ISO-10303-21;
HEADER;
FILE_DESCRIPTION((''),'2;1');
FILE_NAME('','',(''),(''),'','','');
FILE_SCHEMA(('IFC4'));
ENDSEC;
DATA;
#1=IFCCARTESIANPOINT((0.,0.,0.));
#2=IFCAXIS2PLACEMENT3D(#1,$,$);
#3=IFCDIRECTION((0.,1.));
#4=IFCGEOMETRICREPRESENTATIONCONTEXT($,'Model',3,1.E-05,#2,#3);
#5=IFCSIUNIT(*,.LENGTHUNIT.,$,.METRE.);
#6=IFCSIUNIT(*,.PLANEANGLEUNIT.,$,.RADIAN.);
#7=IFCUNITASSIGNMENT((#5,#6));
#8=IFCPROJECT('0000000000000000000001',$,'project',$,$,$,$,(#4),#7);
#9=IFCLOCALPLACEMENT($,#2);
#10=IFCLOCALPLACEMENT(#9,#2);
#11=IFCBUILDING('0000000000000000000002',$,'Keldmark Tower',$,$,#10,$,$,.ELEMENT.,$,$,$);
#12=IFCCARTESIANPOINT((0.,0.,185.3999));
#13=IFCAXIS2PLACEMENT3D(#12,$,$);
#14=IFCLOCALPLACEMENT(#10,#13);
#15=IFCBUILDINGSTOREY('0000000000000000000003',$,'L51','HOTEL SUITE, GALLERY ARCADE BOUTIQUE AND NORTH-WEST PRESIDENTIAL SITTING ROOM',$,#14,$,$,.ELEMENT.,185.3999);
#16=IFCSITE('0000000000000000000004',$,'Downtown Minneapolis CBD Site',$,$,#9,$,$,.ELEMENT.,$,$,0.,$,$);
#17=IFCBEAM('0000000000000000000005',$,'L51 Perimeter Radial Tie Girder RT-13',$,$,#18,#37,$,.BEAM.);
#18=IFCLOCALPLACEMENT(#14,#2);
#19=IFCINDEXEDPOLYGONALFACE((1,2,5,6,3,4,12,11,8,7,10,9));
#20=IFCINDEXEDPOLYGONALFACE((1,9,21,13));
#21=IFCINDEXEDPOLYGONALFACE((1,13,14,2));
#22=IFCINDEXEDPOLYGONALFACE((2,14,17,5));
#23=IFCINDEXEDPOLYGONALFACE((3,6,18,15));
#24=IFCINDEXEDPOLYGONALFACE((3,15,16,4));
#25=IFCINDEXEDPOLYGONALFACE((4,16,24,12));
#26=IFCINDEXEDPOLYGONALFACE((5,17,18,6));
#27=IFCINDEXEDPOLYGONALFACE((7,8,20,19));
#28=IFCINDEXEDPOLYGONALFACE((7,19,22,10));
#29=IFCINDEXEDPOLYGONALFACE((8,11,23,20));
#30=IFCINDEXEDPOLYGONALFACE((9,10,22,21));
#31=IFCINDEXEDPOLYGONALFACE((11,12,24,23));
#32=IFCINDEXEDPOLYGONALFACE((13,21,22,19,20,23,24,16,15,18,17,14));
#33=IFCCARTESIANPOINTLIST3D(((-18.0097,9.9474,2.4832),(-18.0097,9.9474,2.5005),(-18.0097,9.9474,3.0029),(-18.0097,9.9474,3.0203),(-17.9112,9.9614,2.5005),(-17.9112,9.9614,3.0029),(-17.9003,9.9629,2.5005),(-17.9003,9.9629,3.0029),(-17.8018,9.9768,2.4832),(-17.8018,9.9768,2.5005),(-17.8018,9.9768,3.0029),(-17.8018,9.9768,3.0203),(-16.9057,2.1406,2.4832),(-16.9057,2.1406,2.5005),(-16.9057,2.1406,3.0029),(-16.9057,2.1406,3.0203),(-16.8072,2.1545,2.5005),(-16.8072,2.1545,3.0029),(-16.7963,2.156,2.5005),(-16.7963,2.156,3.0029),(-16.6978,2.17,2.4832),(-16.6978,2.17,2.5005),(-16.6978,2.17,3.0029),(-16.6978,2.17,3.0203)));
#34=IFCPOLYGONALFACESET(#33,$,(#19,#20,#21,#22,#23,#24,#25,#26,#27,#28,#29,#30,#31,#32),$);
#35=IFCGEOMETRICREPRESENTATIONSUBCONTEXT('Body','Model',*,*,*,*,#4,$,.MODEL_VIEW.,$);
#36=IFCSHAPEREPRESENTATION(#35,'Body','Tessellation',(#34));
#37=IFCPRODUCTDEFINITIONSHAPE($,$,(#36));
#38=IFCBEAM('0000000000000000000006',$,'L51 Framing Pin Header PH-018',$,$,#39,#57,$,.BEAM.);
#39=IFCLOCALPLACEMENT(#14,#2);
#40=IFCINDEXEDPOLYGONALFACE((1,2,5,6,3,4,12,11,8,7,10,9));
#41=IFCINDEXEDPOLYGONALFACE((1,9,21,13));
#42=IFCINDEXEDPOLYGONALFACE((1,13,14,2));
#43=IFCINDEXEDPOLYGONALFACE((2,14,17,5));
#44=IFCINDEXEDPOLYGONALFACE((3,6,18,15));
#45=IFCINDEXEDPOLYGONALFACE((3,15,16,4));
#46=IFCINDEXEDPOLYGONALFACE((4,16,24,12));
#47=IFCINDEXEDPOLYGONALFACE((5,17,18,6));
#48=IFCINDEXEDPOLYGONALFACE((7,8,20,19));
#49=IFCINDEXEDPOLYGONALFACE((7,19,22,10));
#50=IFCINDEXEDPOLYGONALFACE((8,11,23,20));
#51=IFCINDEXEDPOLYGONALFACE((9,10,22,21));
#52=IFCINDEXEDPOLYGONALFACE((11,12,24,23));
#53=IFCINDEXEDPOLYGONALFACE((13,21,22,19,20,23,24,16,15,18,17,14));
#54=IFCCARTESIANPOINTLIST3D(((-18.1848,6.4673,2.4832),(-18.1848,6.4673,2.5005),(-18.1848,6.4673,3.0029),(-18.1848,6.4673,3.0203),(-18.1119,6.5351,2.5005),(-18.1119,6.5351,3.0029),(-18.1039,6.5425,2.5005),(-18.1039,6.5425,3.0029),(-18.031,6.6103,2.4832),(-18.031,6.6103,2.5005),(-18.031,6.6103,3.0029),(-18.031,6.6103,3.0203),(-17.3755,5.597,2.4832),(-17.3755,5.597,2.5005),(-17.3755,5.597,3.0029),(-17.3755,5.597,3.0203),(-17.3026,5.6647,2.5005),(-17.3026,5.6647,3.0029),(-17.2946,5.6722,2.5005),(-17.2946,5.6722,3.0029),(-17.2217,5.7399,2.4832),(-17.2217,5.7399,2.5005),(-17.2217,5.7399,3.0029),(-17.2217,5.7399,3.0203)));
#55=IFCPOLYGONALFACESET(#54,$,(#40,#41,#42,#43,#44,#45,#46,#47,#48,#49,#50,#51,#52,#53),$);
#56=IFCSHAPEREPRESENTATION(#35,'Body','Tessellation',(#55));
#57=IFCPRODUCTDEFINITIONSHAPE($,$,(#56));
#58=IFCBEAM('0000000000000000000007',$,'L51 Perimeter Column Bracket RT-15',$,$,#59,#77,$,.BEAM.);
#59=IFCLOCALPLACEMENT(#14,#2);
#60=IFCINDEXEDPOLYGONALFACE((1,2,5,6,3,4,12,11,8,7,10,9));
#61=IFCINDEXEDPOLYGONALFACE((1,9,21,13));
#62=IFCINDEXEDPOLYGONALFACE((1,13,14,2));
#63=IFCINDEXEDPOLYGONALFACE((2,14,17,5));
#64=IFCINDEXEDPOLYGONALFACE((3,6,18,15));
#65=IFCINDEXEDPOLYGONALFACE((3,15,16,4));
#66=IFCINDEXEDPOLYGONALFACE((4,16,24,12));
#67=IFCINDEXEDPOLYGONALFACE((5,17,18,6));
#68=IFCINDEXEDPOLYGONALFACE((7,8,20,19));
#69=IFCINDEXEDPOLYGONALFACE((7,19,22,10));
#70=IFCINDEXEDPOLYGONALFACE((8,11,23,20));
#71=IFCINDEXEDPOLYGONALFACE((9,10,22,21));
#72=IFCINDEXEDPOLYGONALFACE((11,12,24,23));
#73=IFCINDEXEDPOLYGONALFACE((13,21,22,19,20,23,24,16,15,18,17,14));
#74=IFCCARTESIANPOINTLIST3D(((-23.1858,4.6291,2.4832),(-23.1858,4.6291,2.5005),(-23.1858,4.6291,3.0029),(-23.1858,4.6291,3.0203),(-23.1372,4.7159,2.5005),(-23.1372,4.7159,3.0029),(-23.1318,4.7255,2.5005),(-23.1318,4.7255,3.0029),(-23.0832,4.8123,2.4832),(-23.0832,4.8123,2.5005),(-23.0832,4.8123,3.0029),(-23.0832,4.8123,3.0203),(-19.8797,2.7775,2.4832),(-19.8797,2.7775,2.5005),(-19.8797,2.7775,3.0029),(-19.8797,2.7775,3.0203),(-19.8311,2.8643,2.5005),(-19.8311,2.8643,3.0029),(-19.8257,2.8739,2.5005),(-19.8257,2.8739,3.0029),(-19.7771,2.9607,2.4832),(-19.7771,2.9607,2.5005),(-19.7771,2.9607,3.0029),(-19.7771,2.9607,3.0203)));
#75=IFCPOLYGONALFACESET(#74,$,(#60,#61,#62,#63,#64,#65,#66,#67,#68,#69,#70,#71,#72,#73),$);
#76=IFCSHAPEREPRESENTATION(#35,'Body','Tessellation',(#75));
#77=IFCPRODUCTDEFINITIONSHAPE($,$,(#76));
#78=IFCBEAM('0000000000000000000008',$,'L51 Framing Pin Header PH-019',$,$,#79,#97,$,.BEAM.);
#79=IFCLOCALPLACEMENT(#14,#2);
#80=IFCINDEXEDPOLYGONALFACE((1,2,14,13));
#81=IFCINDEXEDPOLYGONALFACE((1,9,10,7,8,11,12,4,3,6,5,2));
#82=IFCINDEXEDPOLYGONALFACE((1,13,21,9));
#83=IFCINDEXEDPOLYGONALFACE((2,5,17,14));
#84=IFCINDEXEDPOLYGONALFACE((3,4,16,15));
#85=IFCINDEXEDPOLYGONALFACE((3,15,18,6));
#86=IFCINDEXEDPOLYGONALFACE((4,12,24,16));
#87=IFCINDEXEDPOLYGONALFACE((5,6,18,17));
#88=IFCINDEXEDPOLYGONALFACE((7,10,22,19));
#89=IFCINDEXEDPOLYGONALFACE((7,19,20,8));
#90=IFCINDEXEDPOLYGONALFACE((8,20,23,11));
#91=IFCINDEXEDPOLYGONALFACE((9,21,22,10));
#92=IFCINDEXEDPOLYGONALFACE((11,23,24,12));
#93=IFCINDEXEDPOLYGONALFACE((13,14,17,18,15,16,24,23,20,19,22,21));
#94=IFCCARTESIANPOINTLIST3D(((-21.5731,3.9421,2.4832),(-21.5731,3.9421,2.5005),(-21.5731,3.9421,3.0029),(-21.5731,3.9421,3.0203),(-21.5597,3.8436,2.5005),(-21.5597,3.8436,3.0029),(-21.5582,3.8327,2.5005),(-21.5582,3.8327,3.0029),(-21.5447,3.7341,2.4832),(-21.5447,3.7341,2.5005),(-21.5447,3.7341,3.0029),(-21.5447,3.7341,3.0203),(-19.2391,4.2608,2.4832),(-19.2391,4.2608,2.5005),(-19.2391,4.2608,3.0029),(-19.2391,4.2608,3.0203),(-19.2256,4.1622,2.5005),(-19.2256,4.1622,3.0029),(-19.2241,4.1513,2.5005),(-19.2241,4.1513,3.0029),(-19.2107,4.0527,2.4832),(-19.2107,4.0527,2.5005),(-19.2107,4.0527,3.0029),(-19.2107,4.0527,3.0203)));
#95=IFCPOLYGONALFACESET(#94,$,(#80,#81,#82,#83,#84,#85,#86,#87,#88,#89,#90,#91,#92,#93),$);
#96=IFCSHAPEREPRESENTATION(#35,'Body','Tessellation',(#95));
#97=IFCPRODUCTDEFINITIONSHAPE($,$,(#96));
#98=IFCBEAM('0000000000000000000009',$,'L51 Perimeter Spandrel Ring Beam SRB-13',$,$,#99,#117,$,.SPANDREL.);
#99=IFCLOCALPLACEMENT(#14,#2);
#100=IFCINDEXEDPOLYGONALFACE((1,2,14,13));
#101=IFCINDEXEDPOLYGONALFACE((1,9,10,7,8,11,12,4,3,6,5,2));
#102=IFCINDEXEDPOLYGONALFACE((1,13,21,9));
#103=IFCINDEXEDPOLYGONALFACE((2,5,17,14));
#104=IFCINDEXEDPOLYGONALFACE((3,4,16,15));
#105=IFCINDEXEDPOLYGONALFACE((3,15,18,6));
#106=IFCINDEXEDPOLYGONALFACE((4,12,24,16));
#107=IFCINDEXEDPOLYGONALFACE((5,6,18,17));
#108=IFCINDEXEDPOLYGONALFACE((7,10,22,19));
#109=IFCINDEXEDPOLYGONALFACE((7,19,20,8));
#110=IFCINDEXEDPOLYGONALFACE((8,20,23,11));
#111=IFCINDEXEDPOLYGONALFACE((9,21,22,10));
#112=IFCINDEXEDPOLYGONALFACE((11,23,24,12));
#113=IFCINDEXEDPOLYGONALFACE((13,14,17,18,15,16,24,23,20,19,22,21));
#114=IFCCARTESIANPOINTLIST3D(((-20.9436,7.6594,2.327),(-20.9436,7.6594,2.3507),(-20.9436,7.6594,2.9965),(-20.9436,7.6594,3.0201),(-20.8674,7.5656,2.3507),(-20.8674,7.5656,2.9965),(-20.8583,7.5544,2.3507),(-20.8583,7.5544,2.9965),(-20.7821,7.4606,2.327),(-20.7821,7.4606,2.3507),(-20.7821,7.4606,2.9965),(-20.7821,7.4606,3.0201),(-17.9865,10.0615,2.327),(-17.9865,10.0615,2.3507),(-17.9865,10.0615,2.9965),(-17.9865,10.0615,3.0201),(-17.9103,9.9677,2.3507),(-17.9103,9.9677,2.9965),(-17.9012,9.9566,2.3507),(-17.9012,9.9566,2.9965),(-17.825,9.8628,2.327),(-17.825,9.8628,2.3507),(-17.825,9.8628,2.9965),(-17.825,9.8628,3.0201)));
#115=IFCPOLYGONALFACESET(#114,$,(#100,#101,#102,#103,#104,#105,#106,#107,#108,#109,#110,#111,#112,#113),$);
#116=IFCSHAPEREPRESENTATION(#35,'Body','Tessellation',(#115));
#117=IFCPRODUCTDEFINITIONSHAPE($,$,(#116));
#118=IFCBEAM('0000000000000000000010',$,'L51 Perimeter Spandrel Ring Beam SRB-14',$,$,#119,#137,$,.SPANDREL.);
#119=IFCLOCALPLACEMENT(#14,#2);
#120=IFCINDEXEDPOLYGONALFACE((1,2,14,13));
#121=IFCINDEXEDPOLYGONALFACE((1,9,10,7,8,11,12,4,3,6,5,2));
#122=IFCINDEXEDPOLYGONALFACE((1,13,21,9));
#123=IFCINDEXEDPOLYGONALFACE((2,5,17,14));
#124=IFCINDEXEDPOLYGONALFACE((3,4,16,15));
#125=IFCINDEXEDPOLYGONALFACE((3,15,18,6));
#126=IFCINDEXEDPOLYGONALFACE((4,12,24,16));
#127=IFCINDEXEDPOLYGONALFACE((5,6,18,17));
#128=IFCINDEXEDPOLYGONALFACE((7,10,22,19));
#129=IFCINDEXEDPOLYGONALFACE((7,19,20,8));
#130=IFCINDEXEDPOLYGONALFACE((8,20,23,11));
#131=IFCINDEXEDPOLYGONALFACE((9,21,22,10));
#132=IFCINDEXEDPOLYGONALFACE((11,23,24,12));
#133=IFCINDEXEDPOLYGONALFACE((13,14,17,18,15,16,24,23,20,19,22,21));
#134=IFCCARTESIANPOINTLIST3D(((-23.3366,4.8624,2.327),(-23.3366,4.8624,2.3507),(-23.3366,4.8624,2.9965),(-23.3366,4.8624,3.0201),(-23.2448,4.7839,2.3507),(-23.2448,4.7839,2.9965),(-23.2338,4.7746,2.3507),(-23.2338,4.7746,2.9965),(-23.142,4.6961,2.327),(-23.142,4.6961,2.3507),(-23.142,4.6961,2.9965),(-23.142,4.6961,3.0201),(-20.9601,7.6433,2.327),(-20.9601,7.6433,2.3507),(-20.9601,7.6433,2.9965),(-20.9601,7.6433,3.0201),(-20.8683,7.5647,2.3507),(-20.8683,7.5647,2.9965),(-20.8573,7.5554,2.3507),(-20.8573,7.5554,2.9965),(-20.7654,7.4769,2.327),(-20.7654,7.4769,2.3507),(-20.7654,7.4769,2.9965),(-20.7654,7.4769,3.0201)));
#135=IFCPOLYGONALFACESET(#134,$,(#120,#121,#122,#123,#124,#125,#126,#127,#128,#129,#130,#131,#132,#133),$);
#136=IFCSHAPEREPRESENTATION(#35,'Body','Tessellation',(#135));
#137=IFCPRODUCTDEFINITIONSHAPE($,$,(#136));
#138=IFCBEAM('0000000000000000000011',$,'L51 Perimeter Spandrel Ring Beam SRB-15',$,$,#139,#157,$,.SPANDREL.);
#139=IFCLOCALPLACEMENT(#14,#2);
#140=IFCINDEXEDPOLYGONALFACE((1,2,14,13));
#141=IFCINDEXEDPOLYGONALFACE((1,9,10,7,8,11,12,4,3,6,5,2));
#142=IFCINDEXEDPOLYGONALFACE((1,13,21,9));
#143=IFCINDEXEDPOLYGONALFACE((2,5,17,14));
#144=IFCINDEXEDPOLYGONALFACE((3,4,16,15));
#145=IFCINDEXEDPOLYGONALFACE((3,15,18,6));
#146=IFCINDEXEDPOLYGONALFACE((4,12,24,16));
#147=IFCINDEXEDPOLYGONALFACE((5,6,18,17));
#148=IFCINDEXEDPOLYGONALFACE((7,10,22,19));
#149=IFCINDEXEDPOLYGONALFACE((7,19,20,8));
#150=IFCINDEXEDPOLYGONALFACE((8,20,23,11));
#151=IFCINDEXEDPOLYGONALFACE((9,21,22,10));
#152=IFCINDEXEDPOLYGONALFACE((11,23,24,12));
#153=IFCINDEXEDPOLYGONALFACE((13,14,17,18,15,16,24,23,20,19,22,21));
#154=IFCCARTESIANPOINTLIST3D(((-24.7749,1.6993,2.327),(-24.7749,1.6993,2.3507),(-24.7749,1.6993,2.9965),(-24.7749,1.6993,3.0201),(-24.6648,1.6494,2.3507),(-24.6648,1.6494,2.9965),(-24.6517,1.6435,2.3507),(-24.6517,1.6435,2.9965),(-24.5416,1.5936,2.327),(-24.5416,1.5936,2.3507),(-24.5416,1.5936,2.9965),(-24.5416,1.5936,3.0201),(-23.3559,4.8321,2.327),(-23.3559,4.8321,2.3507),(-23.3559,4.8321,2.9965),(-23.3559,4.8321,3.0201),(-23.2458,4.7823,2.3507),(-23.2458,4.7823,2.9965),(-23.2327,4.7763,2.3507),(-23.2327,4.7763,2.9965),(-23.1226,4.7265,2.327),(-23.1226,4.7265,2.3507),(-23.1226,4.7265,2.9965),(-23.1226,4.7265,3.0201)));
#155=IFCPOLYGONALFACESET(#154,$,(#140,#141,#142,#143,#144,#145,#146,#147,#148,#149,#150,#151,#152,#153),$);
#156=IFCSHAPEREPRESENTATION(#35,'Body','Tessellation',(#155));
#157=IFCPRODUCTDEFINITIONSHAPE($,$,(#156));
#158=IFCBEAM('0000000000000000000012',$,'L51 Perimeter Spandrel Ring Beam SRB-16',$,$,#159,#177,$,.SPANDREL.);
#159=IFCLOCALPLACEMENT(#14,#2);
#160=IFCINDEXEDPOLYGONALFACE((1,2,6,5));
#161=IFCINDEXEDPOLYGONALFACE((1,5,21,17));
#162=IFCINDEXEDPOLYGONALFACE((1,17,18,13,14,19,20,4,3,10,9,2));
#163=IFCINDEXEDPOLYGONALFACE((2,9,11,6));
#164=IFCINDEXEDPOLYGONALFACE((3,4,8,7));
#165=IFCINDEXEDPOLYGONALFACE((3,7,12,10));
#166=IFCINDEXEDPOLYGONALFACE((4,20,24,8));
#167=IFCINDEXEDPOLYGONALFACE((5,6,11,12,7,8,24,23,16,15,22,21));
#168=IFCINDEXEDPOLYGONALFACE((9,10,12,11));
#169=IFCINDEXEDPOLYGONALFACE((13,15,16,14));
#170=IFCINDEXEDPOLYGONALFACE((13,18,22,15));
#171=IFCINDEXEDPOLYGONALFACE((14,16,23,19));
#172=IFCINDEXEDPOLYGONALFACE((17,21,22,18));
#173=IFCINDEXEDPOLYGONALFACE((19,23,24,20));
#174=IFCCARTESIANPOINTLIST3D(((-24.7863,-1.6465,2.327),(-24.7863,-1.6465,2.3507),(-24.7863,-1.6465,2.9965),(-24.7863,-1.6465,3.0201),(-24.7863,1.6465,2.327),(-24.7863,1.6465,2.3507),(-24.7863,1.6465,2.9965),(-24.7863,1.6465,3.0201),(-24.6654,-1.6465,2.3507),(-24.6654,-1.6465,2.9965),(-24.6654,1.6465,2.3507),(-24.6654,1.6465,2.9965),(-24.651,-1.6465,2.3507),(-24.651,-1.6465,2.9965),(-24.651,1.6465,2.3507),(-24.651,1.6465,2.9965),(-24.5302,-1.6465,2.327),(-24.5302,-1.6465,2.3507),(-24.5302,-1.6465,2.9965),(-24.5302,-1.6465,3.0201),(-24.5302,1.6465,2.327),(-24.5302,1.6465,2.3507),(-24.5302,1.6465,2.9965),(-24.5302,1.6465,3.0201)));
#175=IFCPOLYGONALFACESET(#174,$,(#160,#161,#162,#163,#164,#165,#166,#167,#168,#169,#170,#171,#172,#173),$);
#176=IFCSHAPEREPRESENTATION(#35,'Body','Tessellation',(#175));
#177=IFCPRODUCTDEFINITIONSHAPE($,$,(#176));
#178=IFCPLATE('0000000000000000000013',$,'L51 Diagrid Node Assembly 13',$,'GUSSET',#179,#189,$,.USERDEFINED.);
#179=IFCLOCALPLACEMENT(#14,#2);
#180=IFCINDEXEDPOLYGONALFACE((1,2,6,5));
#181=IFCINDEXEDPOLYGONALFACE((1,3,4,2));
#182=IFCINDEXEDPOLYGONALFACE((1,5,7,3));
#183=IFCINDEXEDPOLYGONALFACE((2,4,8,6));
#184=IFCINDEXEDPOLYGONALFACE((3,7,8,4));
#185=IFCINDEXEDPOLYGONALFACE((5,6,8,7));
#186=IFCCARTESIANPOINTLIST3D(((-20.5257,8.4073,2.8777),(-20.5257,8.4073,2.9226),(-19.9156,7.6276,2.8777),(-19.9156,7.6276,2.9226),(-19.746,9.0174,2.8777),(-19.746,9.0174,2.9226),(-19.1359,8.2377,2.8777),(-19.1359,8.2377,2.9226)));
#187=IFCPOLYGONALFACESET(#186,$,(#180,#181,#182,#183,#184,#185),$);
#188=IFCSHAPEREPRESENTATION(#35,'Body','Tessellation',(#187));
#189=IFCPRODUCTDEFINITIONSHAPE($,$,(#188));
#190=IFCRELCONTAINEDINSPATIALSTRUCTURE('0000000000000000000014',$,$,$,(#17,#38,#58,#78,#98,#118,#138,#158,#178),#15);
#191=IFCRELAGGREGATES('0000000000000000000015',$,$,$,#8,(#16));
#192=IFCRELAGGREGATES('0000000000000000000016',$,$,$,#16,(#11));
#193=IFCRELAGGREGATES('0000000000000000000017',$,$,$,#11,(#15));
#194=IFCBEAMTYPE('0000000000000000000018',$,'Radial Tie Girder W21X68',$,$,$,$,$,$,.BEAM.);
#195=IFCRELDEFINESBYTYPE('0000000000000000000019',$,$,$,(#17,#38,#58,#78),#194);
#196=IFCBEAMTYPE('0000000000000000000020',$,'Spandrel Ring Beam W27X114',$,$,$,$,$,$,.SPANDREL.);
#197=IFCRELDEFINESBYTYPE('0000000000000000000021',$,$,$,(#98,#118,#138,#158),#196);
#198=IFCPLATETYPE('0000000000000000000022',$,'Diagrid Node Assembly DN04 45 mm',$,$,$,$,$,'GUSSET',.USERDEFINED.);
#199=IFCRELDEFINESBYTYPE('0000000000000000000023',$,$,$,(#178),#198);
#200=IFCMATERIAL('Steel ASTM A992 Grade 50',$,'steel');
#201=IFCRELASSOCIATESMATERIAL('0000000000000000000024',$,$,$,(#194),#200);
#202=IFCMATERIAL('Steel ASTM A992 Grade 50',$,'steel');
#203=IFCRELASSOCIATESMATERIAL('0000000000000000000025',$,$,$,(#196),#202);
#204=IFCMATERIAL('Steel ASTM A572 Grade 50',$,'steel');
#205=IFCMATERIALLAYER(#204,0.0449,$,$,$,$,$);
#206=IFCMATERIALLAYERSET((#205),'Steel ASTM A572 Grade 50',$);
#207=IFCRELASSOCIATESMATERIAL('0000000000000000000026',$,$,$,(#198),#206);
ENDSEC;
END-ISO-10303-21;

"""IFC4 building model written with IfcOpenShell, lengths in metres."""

from ifc_helpers import new_model, si_unit, direction, frame, origin, origin_2d, place, context, subcontext, project, spatial, rectangle, i_section, extrude, material, layer, layer_set, material_profile, profile_set, type_object, element, save


model = new_model("IFC4")

# Units and contexts
model_context = context("Model", 3, precision=1e-05, world=origin(), true_north=direction((0.0, 1.0)))
body_context = subcontext(model_context, "Body", "Model", "MODEL_VIEW")
ifc_project = project(units=[si_unit("LENGTHUNIT", "METRE"), si_unit("PLANEANGLEUNIT", "RADIAN")], contexts=[model_context])

# Site, building, storey
site_placement = place(None, origin())
site = spatial("IfcSite", under=ifc_project, at=site_placement, Name="Downtown Minneapolis CBD Site", CompositionType="ELEMENT", RefElevation=0.0)
building_placement = place(site_placement, origin())
building = spatial("IfcBuilding", under=site, at=building_placement, Name="Keldmark Tower", CompositionType="ELEMENT")
storey_placement = place(building_placement, frame((0.0, 0.0, 185.3999)))
storey = spatial("IfcBuildingStorey", under=building, at=storey_placement, Name="L51", Description="HOTEL SUITE, GALLERY ARCADE BOUTIQUE AND NORTH-WEST PRESIDENTIAL SITTING ROOM", CompositionType="ELEMENT", Elevation=185.3999)

# Beams
ifc_material_1 = material(Name="Steel ASTM A992 Grade 50", Category="steel")
ifc_material_profile_1 = material_profile(ifc_material_1, i_section(OverallWidth=0.21, OverallDepth=0.5371, WebThickness=0.011, FlangeThickness=0.0173, at=origin_2d()), Name="W21X68")
ifc_profile_set_1 = profile_set([ifc_material_profile_1], Name="Steel ASTM A992 Grade 50")
beam_type_1 = type_object("IfcBeamType", Name="Radial Tie Girder W21X68", PredefinedType="BEAM", material=ifc_profile_set_1)
beam_1_placement = place(storey_placement, frame((-16.8018, 2.1553, 2.7517), z_axis=(-0.140021, 0.990149, 0.0), x_axis=(-0.990149, -0.140021, 0.0)))
element("IfcBeam", 1, at=beam_1_placement, inside=storey, type_object=beam_type_1, Name="L51 Perimeter Radial Tie Girder RT-13", PredefinedType="BEAM", context=body_context, shape_type="SweptSolid", body=[
    extrude(i_section(OverallWidth=0.21, OverallDepth=0.5371, WebThickness=0.011, FlangeThickness=0.0173, at=origin_2d()), origin(), (0.0, 0.0, 1.0), 7.8845),
])
beam_2_placement = place(storey_placement, frame((-17.2986, 5.6685, 2.7517), z_axis=(-0.680963, 0.732318, 0.0), x_axis=(-0.732318, -0.680963, 0.0)))
element("IfcBeam", 2, at=beam_2_placement, inside=storey, type_object=beam_type_1, Name="L51 Framing Pin Header PH-018", PredefinedType="BEAM", context=body_context, shape_type="SweptSolid", body=[
    extrude(i_section(OverallWidth=0.21, OverallDepth=0.5371, WebThickness=0.011, FlangeThickness=0.0173, at=origin_2d()), origin(), (0.0, 0.0, 1.0), 1.1885),
])
beam_3_placement = place(storey_placement, frame((-19.8284, 2.8691, 2.7517), z_axis=(-0.872493, 0.488627, 0.0), x_axis=(-0.488627, -0.872493, 0.0)))
element("IfcBeam", 3, at=beam_3_placement, inside=storey, type_object=beam_type_1, Name="L51 Perimeter Column Bracket RT-15", PredefinedType="BEAM", context=body_context, shape_type="SweptSolid", body=[
    extrude(i_section(OverallWidth=0.21, OverallDepth=0.5371, WebThickness=0.011, FlangeThickness=0.0173, at=origin_2d()), origin(), (0.0, 0.0, 1.0), 3.7893),
])
beam_4_placement = place(storey_placement, frame((-19.2249, 4.1567, 2.7517), z_axis=(-0.990811, -0.135252, 0.0), x_axis=(0.135252, -0.990811, 0.0)))
element("IfcBeam", 4, at=beam_4_placement, inside=storey, type_object=beam_type_1, Name="L51 Framing Pin Header PH-019", PredefinedType="BEAM", context=body_context, shape_type="SweptSolid", body=[
    extrude(i_section(OverallWidth=0.21, OverallDepth=0.5371, WebThickness=0.011, FlangeThickness=0.0173, at=origin_2d()), origin(), (0.0, 0.0, 1.0), 2.3557),
])
ifc_material_2 = material(Name="Steel ASTM A992 Grade 50", Category="steel")
ifc_material_profile_2 = material_profile(ifc_material_2, i_section(OverallWidth=0.2561, OverallDepth=0.6931, WebThickness=0.0144, FlangeThickness=0.0237, at=origin_2d()), Name="W27X114")
ifc_profile_set_2 = profile_set([ifc_material_profile_2], Name="Steel ASTM A992 Grade 50")
beam_type_2 = type_object("IfcBeamType", Name="Spandrel Ring Beam W27X114", PredefinedType="SPANDREL", material=ifc_profile_set_2)
beam_5_placement = place(storey_placement, frame((-17.9058, 9.9622, 2.6736), z_axis=(-0.776177, -0.630515, 0.0), x_axis=(0.630515, -0.776177, 0.0)))
element("IfcBeam", 5, at=beam_5_placement, inside=storey, type_object=beam_type_2, Name="L51 Perimeter Spandrel Ring Beam SRB-13", PredefinedType="SPANDREL", context=body_context, shape_type="SweptSolid", body=[
    extrude(i_section(OverallWidth=0.2561, OverallDepth=0.6931, WebThickness=0.0144, FlangeThickness=0.0237, at=origin_2d()), origin(), (0.0, 0.0, 1.0), 3.8098),
])
beam_6_placement = place(storey_placement, frame((-20.8628, 7.5601, 2.6736), z_axis=(-0.64968, -0.760207, 0.0), x_axis=(0.760207, -0.64968, 0.0)))
element("IfcBeam", 6, at=beam_6_placement, inside=storey, type_object=beam_type_2, Name="L51 Perimeter Spandrel Ring Beam SRB-14", PredefinedType="SPANDREL", context=body_context, shape_type="SweptSolid", body=[
    extrude(i_section(OverallWidth=0.2561, OverallDepth=0.6931, WebThickness=0.0144, FlangeThickness=0.0237, at=origin_2d()), origin(), (0.0, 0.0, 1.0), 3.658),
])
beam_7_placement = place(storey_placement, frame((-23.2393, 4.7793, 2.6736), z_axis=(-0.412583, -0.91092, 0.0), x_axis=(0.91092, -0.412583, 0.0)))
element("IfcBeam", 7, at=beam_7_placement, inside=storey, type_object=beam_type_2, Name="L51 Perimeter Spandrel Ring Beam SRB-15", PredefinedType="SPANDREL", context=body_context, shape_type="SweptSolid", body=[
    extrude(i_section(OverallWidth=0.2561, OverallDepth=0.6931, WebThickness=0.0144, FlangeThickness=0.0237, at=origin_2d()), origin(), (0.0, 0.0, 1.0), 3.4392),
])
beam_8_placement = place(storey_placement, frame((-24.6582, 1.6465, 2.6736), z_axis=(0.0, -1.0, 0.0), x_axis=(1.0, 0.0, 0.0)))
element("IfcBeam", 8, at=beam_8_placement, inside=storey, type_object=beam_type_2, Name="L51 Perimeter Spandrel Ring Beam SRB-16", PredefinedType="SPANDREL", context=body_context, shape_type="SweptSolid", body=[
    extrude(i_section(OverallWidth=0.2561, OverallDepth=0.6931, WebThickness=0.0144, FlangeThickness=0.0237, at=origin_2d()), origin(), (0.0, 0.0, 1.0), 3.293),
])

# Plate
ifc_material_3 = material(Name="Steel ASTM A572 Grade 50", Category="steel")
ifc_layer_1 = layer(ifc_material_3, 0.0449)
ifc_layer_set_1 = layer_set([ifc_layer_1], Name="Steel ASTM A572 Grade 50")
plate_type = type_object("IfcPlateType", Name="Diagrid Node Assembly DN04 45 mm", ElementType="GUSSET", PredefinedType="USERDEFINED", material=ifc_layer_set_1)
for number, where, z_axis, x_axis, name in (
    (9, (-19.8308, 8.3225, 2.8777), (0.0, 0.0, 1.0), (-0.787581, -0.616211, 0.0), "L51 Diagrid Node Assembly 13"),
):
    element("IfcPlate", number, at=place(storey_placement, frame(where, z_axis=z_axis, x_axis=x_axis)), inside=storey, type_object=plate_type, Name=name, ObjectType="GUSSET", PredefinedType="USERDEFINED", context=body_context, shape_type="SweptSolid", body=[
        extrude(rectangle(XDim=0.99, YDim=0.99, at=origin_2d()), origin(), (0.0, 0.0, 1.0), 0.0449),
    ])

save(model, "model.ifc")
